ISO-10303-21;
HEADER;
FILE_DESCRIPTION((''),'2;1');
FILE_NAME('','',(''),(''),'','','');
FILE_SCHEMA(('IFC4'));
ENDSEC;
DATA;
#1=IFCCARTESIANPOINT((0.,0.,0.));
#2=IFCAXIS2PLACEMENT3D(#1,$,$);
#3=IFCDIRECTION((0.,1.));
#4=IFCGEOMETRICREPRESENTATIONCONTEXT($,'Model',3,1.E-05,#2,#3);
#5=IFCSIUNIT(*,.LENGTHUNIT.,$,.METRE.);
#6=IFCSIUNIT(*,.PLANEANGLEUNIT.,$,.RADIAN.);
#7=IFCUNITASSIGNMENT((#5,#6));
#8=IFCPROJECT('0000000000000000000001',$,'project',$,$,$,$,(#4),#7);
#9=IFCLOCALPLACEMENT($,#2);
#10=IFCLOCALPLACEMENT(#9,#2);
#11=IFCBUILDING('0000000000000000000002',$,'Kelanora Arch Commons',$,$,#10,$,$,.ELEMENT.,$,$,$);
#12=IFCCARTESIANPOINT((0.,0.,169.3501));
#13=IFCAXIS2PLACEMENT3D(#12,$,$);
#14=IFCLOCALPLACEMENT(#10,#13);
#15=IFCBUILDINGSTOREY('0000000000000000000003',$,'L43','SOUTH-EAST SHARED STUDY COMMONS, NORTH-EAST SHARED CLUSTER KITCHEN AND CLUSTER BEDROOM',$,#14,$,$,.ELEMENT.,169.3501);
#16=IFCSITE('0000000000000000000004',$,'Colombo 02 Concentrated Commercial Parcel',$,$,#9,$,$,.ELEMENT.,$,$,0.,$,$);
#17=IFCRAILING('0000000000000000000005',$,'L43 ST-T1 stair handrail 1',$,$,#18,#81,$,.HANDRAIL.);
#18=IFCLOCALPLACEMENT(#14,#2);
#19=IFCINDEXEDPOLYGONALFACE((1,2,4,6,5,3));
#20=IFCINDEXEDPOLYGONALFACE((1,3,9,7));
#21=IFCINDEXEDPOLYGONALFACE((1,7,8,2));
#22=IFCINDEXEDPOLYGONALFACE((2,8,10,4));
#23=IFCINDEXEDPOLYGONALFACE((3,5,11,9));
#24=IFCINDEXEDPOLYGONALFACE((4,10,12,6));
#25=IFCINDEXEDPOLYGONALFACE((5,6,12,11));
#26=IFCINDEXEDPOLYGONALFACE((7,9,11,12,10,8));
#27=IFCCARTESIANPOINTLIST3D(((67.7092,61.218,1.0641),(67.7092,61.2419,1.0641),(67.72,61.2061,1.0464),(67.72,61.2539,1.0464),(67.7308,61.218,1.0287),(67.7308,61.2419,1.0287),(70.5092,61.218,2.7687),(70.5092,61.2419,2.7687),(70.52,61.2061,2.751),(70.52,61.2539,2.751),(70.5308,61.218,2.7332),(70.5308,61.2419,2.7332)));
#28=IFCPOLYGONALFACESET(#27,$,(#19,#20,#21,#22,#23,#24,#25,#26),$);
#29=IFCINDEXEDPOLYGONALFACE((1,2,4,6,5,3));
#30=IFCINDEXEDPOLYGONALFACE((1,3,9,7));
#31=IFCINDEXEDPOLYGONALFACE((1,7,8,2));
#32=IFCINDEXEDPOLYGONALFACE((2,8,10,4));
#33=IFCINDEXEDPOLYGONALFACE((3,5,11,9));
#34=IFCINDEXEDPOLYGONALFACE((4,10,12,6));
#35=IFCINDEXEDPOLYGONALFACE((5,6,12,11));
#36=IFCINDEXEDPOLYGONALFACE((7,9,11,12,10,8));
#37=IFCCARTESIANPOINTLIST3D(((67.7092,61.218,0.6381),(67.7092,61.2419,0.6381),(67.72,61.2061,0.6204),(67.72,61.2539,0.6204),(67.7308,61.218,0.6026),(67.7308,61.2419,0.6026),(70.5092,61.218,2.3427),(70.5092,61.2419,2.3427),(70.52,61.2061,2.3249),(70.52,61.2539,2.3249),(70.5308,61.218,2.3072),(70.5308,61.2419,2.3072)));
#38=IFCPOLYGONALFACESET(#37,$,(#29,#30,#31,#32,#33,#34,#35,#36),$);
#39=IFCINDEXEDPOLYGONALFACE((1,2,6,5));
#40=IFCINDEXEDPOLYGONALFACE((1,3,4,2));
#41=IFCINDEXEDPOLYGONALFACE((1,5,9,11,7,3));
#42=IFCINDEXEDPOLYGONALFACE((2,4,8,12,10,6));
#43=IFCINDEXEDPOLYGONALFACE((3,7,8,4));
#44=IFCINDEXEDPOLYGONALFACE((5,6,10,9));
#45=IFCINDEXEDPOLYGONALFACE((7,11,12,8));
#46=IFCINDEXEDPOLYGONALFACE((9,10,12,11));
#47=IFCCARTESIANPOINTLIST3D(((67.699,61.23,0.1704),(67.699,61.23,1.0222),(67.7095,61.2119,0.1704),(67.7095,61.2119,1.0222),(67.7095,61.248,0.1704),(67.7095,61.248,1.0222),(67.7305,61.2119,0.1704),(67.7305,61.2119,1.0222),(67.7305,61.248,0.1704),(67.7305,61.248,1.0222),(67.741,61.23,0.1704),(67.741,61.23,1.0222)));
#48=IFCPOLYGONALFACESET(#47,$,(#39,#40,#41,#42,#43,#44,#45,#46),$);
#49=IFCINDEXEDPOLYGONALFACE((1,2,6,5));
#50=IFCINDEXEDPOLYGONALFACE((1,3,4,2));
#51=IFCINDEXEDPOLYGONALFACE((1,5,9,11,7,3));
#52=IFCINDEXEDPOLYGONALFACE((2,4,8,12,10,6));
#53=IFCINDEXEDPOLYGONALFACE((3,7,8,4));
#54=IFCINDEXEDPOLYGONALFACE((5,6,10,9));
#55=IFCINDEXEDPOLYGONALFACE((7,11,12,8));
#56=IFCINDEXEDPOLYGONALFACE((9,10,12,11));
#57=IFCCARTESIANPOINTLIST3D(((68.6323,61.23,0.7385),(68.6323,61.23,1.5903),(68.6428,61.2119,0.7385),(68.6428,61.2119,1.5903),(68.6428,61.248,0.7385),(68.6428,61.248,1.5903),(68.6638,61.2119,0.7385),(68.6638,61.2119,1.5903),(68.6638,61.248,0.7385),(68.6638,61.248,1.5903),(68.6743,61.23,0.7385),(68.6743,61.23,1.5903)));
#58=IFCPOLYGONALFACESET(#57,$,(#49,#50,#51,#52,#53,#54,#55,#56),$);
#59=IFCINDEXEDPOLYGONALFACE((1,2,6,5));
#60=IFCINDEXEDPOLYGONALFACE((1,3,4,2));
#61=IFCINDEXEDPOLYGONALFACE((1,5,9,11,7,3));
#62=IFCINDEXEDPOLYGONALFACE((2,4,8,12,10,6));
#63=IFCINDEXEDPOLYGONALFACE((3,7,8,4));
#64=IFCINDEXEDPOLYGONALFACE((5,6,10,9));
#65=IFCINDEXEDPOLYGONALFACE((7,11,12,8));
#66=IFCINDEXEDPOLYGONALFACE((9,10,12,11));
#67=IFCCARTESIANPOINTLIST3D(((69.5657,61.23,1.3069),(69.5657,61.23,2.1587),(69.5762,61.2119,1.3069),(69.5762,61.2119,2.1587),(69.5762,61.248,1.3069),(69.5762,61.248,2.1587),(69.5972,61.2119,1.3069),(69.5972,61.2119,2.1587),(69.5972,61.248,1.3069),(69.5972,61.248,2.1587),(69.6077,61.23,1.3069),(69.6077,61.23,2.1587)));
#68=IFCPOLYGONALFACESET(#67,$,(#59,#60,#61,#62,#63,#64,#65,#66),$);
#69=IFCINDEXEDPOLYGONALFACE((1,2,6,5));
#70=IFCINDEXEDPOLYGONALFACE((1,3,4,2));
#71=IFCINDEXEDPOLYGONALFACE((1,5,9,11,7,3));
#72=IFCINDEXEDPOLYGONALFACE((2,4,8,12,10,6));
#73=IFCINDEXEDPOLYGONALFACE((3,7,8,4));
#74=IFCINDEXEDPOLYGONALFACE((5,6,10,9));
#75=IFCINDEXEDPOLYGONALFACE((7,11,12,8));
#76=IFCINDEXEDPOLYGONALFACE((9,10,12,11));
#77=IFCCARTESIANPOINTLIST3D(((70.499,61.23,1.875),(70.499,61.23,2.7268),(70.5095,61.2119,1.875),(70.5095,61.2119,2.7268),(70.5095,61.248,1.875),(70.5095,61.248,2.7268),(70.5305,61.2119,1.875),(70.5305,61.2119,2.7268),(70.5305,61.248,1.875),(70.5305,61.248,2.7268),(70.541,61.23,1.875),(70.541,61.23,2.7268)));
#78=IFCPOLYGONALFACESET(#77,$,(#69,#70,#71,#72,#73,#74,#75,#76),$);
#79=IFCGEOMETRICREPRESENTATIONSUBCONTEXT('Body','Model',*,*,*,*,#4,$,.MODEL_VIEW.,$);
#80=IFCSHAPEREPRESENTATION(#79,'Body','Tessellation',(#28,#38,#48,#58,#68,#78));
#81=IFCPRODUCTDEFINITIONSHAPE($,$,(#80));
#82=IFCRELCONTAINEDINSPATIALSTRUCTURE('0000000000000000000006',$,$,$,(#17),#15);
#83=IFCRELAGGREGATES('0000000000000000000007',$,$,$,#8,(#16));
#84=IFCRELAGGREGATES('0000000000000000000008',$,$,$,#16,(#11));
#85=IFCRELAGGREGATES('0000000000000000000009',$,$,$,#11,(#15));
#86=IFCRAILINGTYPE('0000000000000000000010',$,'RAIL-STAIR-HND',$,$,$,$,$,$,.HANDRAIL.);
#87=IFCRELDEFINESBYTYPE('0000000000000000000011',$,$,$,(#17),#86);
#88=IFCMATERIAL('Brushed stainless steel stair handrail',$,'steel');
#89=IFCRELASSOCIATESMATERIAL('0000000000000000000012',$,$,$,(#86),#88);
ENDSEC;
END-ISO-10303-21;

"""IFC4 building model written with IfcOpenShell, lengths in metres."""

from ifc_helpers import new_model, si_unit, direction, frame, origin, place, context, subcontext, project, spatial, polyline, outline, extrude, material, type_object, element, save


model = new_model("IFC4")

# Units and contexts
model_context = context("Model", 3, precision=1e-05, world=origin(), true_north=direction((0.0, 1.0)))
body_context = subcontext(model_context, "Body", "Model", "MODEL_VIEW")
ifc_project = project(units=[si_unit("LENGTHUNIT", "METRE"), si_unit("PLANEANGLEUNIT", "RADIAN")], contexts=[model_context])

# Site, building, storey
site_placement = place(None, origin())
site = spatial("IfcSite", under=ifc_project, at=site_placement, Name="Colombo 02 Concentrated Commercial Parcel", CompositionType="ELEMENT", RefElevation=0.0)
building_placement = place(site_placement, origin())
building = spatial("IfcBuilding", under=site, at=building_placement, Name="Kelanora Arch Commons", CompositionType="ELEMENT")
storey_placement = place(building_placement, frame((0.0, 0.0, 169.3501)))
storey = spatial("IfcBuildingStorey", under=building, at=storey_placement, Name="L43", Description="SOUTH-EAST SHARED STUDY COMMONS, NORTH-EAST SHARED CLUSTER KITCHEN AND CLUSTER BEDROOM", CompositionType="ELEMENT", Elevation=169.3501)

# Railing
ifc_material_1 = material(Name="Brushed stainless steel stair handrail", Category="steel")
railing_type_1 = type_object("IfcRailingType", Name="RAIL-STAIR-HND", PredefinedType="HANDRAIL", material=ifc_material_1)
railing_1_placement = place(storey_placement, frame((67.72, 61.23, 0.1704)))
element("IfcRailing", 1, at=railing_1_placement, inside=storey, type_object=railing_type_1, Name="L43 ST-T1 stair handrail 1", PredefinedType="HANDRAIL", context=body_context, shape_type="SweptSolid", body=[
    extrude(outline(polyline([(0.0239, 0.0), (0.012, 0.0208), (-0.012, 0.0208), (-0.0239, 0.0), (-0.012, -0.0208), (0.012, -0.0208), (0.0239, 0.0)])), frame((0.0, 0.0, 0.876), z_axis=(0.85417, 0.0, 0.519994), x_axis=(0.0, 1.0, 0.0)), (0.0, 0.0, 1.0), 3.2781),
    extrude(outline(polyline([(0.0239, 0.0), (0.012, 0.0208), (-0.012, 0.0208), (-0.0239, 0.0), (-0.012, -0.0208), (0.012, -0.0208), (0.0239, 0.0)])), frame((0.0, 0.0, 0.45), z_axis=(0.85417, 0.0, 0.519994), x_axis=(0.0, 1.0, 0.0)), (0.0, 0.0, 1.0), 3.2781),
    extrude(outline(polyline([(0.021, 0.0), (0.0105, 0.0181), (-0.0105, 0.0181), (-0.021, 0.0), (-0.0105, -0.0181), (0.0105, -0.0181), (0.021, 0.0)])), origin(), (0.0, 0.0, 1.0), 0.8518),
    extrude(outline(polyline([(0.021, 0.0), (0.0105, 0.0181), (-0.0105, 0.0181), (-0.021, 0.0), (-0.0105, -0.0181), (0.0105, -0.0181), (0.021, 0.0)])), frame((0.9333, 0.0, 0.5681)), (0.0, 0.0, 1.0), 0.8518),
    extrude(outline(polyline([(0.021, 0.0), (0.0105, 0.0181), (-0.0105, 0.0181), (-0.021, 0.0), (-0.0105, -0.0181), (0.0105, -0.0181), (0.021, 0.0)])), frame((1.8667, 0.0, 1.1365)), (0.0, 0.0, 1.0), 0.8518),
    extrude(outline(polyline([(0.021, 0.0), (0.0105, 0.0181), (-0.0105, 0.0181), (-0.021, 0.0), (-0.0105, -0.0181), (0.0105, -0.0181), (0.021, 0.0)])), frame((2.8, 0.0, 1.7046)), (0.0, 0.0, 1.0), 0.8518),
])

save(model, "model.ifc")
